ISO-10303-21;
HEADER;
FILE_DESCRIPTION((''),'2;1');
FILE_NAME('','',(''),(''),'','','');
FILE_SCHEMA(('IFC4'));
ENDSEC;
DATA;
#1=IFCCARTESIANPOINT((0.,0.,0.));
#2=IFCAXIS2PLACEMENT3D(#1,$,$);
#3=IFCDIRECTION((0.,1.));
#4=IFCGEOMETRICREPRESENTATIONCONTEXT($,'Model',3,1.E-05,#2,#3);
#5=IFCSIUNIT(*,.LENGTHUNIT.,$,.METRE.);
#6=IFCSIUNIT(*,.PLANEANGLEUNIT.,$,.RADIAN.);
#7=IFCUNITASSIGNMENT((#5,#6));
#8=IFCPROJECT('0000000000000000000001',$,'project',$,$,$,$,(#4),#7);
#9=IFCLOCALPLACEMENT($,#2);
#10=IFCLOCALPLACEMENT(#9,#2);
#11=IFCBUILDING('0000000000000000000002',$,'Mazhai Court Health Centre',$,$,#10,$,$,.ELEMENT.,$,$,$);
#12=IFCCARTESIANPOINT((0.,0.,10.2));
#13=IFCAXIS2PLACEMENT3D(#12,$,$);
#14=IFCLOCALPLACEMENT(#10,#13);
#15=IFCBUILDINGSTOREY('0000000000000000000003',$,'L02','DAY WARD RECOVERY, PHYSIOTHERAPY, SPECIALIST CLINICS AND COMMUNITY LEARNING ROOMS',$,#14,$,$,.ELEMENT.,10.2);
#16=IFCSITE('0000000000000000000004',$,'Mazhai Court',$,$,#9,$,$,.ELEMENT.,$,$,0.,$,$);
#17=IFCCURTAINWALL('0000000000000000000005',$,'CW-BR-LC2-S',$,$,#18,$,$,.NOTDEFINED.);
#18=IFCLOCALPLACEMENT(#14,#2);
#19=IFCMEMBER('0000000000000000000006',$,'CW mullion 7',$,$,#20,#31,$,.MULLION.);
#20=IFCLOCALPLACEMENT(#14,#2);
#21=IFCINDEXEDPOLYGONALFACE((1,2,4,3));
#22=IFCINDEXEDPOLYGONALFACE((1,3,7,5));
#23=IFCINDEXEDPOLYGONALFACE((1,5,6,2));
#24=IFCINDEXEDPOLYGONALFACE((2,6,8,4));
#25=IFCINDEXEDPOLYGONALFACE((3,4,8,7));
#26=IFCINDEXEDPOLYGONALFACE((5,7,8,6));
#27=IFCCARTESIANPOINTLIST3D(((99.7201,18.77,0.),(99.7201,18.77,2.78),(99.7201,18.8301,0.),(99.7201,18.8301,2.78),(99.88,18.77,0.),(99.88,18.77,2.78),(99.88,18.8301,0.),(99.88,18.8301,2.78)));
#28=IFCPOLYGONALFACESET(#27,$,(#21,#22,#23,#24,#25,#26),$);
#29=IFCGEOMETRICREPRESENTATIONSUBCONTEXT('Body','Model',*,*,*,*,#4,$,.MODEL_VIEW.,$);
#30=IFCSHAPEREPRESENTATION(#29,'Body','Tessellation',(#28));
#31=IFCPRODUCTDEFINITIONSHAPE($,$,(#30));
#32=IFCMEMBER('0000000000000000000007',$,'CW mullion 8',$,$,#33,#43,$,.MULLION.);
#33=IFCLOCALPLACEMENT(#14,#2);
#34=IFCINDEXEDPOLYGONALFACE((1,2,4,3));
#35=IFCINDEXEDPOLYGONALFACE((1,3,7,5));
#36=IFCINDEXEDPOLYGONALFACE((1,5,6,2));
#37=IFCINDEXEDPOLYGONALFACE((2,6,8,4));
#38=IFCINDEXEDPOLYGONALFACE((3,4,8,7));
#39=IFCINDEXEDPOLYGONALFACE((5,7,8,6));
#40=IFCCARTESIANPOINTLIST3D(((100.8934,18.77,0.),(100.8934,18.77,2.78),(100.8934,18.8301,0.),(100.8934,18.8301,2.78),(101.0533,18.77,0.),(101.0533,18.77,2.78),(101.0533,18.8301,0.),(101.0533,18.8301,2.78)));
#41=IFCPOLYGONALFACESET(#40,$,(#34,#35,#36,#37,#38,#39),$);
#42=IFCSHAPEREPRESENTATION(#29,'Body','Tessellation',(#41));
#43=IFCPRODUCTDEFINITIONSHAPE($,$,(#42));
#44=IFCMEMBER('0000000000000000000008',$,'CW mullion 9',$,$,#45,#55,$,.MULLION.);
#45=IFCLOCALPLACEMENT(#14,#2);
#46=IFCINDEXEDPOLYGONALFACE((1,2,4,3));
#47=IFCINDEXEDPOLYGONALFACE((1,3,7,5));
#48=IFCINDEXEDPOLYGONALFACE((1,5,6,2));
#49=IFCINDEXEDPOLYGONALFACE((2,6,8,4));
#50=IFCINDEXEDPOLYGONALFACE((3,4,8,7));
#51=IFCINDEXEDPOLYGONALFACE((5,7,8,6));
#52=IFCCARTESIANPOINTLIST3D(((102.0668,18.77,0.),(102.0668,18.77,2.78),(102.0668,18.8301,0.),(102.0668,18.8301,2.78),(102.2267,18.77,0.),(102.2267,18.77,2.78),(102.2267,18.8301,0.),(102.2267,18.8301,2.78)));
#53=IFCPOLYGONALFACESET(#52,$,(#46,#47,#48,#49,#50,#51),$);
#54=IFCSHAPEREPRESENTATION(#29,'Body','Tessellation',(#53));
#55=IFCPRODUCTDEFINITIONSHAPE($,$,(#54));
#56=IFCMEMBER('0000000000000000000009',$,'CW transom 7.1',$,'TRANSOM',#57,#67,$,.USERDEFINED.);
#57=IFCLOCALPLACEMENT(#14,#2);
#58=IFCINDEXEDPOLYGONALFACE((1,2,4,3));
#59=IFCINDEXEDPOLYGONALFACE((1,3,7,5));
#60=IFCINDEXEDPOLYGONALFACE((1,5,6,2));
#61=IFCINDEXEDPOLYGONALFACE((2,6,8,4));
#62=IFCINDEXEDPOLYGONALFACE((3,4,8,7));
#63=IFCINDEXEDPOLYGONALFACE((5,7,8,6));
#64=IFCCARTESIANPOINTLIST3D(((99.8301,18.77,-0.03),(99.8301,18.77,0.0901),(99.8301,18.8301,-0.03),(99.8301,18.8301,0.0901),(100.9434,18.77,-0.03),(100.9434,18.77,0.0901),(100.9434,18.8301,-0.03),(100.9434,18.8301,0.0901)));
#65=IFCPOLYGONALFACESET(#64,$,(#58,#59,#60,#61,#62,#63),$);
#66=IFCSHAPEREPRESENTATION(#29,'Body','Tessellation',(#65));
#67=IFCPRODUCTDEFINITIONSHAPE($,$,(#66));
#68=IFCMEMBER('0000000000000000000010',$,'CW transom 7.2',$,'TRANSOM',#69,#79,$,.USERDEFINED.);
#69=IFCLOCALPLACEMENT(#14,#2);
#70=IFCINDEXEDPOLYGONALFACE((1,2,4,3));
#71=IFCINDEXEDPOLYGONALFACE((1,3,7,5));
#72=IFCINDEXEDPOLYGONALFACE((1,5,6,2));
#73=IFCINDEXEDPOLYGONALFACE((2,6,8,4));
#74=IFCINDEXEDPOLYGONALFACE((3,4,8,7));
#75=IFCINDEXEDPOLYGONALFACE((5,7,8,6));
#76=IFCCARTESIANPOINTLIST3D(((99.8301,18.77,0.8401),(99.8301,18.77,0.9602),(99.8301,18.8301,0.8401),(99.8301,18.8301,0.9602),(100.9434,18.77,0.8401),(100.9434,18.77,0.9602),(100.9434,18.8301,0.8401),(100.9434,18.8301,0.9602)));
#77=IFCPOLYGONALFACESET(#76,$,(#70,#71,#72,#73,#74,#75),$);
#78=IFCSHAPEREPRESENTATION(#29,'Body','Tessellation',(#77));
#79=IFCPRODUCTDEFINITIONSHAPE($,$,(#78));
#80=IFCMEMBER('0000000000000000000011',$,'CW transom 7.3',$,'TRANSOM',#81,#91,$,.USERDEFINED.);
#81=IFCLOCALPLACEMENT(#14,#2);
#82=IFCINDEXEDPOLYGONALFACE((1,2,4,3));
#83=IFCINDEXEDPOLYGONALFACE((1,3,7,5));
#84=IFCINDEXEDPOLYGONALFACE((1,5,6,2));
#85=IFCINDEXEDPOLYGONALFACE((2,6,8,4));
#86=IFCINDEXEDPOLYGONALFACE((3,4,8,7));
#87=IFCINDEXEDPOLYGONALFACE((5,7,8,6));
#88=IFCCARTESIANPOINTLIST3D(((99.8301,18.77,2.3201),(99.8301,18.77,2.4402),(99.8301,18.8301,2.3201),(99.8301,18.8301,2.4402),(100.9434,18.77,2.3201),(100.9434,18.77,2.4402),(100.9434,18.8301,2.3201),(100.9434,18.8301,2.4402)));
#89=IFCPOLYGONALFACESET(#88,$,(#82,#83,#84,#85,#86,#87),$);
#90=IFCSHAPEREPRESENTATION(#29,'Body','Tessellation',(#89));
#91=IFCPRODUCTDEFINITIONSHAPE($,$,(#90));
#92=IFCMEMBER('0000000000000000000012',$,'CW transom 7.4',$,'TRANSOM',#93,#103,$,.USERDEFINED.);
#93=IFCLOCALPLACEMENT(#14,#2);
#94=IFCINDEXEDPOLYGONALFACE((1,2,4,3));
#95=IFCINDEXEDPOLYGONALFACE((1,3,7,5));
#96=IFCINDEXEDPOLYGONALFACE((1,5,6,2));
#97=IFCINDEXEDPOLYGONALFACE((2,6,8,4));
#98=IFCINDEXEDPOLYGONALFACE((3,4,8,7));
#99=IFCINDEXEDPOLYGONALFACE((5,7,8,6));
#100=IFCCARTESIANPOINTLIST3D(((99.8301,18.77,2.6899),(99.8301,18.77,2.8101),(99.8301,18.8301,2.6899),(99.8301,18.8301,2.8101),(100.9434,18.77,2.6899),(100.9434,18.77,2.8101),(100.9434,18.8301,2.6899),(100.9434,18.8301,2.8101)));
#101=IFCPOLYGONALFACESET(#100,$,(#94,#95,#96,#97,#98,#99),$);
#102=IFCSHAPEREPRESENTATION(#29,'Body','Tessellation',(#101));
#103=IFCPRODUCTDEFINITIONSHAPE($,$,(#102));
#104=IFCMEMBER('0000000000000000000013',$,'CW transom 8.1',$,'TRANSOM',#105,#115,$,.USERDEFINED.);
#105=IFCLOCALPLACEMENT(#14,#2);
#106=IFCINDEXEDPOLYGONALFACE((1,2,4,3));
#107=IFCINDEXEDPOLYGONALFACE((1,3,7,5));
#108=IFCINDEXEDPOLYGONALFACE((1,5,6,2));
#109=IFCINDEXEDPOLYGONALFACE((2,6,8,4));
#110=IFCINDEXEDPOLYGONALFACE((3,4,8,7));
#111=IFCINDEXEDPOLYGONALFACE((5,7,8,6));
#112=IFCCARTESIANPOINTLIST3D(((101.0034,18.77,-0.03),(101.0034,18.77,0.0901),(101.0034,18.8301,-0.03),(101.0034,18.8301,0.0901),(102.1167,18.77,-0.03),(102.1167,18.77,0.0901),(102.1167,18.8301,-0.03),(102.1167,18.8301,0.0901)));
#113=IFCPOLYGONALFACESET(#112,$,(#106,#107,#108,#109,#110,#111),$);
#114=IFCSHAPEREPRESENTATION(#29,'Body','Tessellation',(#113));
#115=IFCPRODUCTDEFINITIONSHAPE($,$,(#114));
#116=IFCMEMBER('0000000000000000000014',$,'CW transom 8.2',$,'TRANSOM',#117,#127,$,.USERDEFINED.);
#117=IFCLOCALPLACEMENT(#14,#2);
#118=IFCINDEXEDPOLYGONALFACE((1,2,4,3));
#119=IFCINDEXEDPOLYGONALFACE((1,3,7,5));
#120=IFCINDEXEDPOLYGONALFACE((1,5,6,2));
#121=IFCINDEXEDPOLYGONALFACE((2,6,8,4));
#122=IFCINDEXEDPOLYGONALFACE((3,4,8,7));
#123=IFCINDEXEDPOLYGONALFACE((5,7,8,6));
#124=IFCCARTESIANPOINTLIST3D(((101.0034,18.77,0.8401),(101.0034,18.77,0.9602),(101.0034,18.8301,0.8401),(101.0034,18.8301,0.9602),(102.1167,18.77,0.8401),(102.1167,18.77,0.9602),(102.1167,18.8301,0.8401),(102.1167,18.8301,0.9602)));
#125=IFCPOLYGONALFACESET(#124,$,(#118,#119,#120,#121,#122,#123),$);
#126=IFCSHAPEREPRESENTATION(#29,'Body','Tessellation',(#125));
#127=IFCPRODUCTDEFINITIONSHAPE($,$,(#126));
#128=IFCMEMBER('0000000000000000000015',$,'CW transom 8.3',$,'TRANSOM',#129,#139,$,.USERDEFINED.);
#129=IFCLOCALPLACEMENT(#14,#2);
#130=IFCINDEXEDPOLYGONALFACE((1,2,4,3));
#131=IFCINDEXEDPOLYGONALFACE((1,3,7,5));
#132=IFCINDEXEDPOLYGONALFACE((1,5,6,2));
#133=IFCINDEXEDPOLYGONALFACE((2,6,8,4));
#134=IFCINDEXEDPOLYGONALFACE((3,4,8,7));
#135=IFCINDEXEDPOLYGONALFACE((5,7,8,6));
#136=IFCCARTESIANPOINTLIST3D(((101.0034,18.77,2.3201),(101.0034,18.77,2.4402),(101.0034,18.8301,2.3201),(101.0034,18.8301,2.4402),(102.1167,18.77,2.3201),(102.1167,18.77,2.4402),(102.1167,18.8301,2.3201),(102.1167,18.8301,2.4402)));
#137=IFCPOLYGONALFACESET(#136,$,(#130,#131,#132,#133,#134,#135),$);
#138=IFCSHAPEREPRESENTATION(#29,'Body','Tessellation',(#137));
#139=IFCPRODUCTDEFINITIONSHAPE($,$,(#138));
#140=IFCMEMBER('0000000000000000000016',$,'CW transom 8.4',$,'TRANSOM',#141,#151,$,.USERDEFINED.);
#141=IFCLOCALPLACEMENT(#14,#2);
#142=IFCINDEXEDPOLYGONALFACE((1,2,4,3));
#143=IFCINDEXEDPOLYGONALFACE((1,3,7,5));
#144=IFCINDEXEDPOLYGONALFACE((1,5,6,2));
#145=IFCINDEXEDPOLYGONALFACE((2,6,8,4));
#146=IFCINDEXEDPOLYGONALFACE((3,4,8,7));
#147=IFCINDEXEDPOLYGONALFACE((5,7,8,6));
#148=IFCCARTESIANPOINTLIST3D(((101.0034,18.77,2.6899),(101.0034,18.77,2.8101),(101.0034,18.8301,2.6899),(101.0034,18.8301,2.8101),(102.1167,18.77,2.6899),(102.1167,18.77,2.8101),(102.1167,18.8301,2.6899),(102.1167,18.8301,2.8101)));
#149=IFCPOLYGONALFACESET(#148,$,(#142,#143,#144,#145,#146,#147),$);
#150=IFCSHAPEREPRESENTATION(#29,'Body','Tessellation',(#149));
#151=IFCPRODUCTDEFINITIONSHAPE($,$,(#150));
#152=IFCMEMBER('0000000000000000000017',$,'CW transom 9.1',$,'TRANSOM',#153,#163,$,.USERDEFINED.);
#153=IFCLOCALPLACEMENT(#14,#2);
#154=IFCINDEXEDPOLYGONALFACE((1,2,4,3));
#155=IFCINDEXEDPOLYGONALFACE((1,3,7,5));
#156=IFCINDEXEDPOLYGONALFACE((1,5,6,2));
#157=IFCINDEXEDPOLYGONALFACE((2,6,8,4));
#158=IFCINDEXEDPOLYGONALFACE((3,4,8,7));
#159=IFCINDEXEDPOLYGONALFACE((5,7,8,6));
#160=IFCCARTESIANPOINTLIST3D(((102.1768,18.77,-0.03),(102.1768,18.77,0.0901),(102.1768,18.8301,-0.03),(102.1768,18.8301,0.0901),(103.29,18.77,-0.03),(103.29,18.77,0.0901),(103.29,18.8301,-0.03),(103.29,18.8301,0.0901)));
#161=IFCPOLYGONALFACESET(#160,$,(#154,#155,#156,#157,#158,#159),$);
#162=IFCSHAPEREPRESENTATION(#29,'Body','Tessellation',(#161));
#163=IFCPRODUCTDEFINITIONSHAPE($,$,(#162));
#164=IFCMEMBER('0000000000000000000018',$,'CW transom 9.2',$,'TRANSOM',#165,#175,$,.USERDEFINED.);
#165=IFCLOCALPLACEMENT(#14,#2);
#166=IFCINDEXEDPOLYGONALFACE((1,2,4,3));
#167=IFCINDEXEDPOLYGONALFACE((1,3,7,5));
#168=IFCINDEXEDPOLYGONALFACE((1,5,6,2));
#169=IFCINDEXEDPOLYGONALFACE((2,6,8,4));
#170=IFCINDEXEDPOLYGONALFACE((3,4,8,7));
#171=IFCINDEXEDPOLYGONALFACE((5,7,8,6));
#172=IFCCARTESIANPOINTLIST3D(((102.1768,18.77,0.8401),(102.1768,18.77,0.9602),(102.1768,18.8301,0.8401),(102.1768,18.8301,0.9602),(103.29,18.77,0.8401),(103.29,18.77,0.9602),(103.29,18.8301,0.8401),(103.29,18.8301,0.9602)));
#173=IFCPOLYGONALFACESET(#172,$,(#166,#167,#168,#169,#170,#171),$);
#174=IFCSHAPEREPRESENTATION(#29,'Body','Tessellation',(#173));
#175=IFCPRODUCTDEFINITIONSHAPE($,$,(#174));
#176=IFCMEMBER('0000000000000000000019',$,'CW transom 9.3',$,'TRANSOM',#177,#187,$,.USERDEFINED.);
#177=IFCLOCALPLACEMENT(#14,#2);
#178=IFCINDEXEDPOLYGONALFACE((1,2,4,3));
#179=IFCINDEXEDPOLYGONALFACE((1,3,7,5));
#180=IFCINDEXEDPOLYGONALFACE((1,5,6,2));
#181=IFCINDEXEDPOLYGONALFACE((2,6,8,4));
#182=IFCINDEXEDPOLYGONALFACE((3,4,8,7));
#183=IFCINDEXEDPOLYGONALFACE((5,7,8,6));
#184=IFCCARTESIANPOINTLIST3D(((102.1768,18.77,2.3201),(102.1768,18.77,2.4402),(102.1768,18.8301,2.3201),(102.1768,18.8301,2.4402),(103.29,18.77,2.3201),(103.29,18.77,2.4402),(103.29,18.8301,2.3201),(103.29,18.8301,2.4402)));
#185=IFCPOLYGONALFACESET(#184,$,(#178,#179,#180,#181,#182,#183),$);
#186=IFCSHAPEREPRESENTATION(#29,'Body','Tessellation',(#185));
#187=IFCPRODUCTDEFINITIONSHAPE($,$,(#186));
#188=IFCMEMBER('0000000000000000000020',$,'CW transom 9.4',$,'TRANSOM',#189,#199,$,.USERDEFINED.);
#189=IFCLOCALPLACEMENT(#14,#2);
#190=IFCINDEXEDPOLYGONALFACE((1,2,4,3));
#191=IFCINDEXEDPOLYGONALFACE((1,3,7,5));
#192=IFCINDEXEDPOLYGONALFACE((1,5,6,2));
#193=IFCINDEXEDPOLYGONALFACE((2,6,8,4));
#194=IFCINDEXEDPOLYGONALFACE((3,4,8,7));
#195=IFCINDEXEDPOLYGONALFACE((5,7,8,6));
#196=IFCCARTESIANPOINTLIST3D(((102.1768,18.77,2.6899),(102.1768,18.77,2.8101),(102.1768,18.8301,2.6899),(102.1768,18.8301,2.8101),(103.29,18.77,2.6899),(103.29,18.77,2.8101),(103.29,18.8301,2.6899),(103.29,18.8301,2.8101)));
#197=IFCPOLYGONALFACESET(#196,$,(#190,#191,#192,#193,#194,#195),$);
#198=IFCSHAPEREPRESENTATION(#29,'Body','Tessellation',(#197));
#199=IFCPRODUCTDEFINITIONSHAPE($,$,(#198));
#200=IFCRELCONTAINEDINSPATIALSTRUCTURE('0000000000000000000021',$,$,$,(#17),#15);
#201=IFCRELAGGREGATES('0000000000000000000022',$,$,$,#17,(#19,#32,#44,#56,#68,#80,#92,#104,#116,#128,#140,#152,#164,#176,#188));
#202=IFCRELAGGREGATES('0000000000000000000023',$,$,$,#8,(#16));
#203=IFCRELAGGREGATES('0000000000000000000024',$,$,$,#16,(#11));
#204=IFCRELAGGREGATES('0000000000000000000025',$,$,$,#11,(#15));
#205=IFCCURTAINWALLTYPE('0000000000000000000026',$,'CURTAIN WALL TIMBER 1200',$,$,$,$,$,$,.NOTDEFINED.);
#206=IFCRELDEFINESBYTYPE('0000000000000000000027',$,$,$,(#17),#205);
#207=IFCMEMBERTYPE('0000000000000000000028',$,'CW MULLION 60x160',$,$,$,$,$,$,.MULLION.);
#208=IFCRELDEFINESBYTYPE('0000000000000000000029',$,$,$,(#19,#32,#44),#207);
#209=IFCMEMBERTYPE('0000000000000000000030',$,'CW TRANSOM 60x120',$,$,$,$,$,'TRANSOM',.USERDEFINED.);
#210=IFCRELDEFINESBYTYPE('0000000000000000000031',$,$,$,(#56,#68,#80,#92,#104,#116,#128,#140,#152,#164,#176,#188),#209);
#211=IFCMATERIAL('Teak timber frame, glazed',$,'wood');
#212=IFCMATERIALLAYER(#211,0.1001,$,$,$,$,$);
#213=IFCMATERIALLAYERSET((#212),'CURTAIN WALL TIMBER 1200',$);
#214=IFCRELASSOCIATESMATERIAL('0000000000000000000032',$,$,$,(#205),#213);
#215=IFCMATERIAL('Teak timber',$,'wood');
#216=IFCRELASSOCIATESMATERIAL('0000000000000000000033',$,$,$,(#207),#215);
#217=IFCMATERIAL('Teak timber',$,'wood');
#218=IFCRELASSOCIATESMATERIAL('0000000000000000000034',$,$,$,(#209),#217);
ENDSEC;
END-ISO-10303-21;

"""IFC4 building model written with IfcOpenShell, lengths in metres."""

from ifc_helpers import new_model, si_unit, direction, frame, origin, origin_2d, place, context, subcontext, project, spatial, rectangle, extrude, material, layer, layer_set, material_profile, profile_set, type_object, element, aggregate, save


model = new_model("IFC4")

# Units and contexts
model_context = context("Model", 3, precision=1e-05, world=origin(), true_north=direction((0.0, 1.0)))
body_context = subcontext(model_context, "Body", "Model", "MODEL_VIEW")
ifc_project = project(units=[si_unit("LENGTHUNIT", "METRE"), si_unit("PLANEANGLEUNIT", "RADIAN")], contexts=[model_context])

# Site, building, storey
site_placement = place(None, origin())
site = spatial("IfcSite", under=ifc_project, at=site_placement, Name="Mazhai Court", CompositionType="ELEMENT", RefElevation=0.0)
building_placement = place(site_placement, origin())
building = spatial("IfcBuilding", under=site, at=building_placement, Name="Mazhai Court Health Centre", CompositionType="ELEMENT")
storey_placement = place(building_placement, frame((0.0, 0.0, 10.2)))
storey = spatial("IfcBuildingStorey", under=building, at=storey_placement, Name="L02", Description="DAY WARD RECOVERY, PHYSIOTHERAPY, SPECIALIST CLINICS AND COMMUNITY LEARNING ROOMS", CompositionType="ELEMENT", Elevation=10.2)

# Curtain wall, members
ifc_material_1 = material(Name="Teak timber frame, glazed", Category="wood")
ifc_layer_1 = layer(ifc_material_1, 0.1001)
ifc_layer_set_1 = layer_set([ifc_layer_1], Name="CURTAIN WALL TIMBER 1200")
curtain_wall_type = type_object("IfcCurtainWallType", Name="CURTAIN WALL TIMBER 1200", PredefinedType="NOTDEFINED", material=ifc_layer_set_1)
curtain_wall_placement = place(storey_placement, origin())
curtain_wall = element("IfcCurtainWall", 1, at=curtain_wall_placement, inside=storey, type_object=curtain_wall_type, Name="CW-BR-LC2-S", PredefinedType="NOTDEFINED")
ifc_material_2 = material(Name="Teak timber", Category="wood")
ifc_material_profile_1 = material_profile(ifc_material_2, rectangle(XDim=0.0601, YDim=0.1599, at=origin_2d()), Name="CW MULLION 60x160")
ifc_profile_set_1 = profile_set([ifc_material_profile_1], Name="Teak timber")
member_type_1 = type_object("IfcMemberType", Name="CW MULLION 60x160", PredefinedType="MULLION", material=ifc_profile_set_1)
member_1_placement = place(storey_placement, frame((99.8, 18.8, 0.0), z_axis=(0.0, 0.0, 1.0), x_axis=(0.0, 1.0, 0.0)))
member_1 = element("IfcMember", 2, at=member_1_placement, type_object=member_type_1, Name="CW mullion 7", PredefinedType="MULLION", context=body_context, shape_type="SweptSolid", body=[
    extrude(rectangle(XDim=0.0601, YDim=0.1599, at=origin_2d()), origin(), (0.0, 0.0, 1.0), 2.78),
])
member_2_placement = place(storey_placement, frame((100.9734, 18.8, 0.0), z_axis=(0.0, 0.0, 1.0), x_axis=(0.0, 1.0, 0.0)))
member_2 = element("IfcMember", 3, at=member_2_placement, type_object=member_type_1, Name="CW mullion 8", PredefinedType="MULLION", context=body_context, shape_type="SweptSolid", body=[
    extrude(rectangle(XDim=0.0601, YDim=0.1599, at=origin_2d()), origin(), (0.0, 0.0, 1.0), 2.78),
])
member_3_placement = place(storey_placement, frame((102.1467, 18.8, 0.0), z_axis=(0.0, 0.0, 1.0), x_axis=(0.0, 1.0, 0.0)))
member_3 = element("IfcMember", 4, at=member_3_placement, type_object=member_type_1, Name="CW mullion 9", PredefinedType="MULLION", context=body_context, shape_type="SweptSolid", body=[
    extrude(rectangle(XDim=0.0601, YDim=0.1599, at=origin_2d()), origin(), (0.0, 0.0, 1.0), 2.78),
])
ifc_material_3 = material(Name="Teak timber", Category="wood")
ifc_material_profile_2 = material_profile(ifc_material_3, rectangle(XDim=0.0601, YDim=0.1201, at=origin_2d()), Name="CW TRANSOM 60x120")
ifc_profile_set_2 = profile_set([ifc_material_profile_2], Name="Teak timber")
member_type_2 = type_object("IfcMemberType", Name="CW TRANSOM 60x120", ElementType="TRANSOM", PredefinedType="USERDEFINED", material=ifc_profile_set_2)
member_4_placement = place(storey_placement, frame((99.8301, 18.8, 0.03), z_axis=(1.0, 0.0, 0.0), x_axis=(0.0, 1.0, 0.0)))
member_4 = element("IfcMember", 5, at=member_4_placement, type_object=member_type_2, Name="CW transom 7.1", ObjectType="TRANSOM", PredefinedType="USERDEFINED", context=body_context, shape_type="SweptSolid", body=[
    extrude(rectangle(XDim=0.0601, YDim=0.1201, at=origin_2d()), origin(), (0.0, 0.0, 1.0), 1.1133),
])
member_5_placement = place(storey_placement, frame((99.8301, 18.8, 0.9001), z_axis=(1.0, 0.0, 0.0), x_axis=(0.0, 1.0, 0.0)))
member_5 = element("IfcMember", 6, at=member_5_placement, type_object=member_type_2, Name="CW transom 7.2", ObjectType="TRANSOM", PredefinedType="USERDEFINED", context=body_context, shape_type="SweptSolid", body=[
    extrude(rectangle(XDim=0.0601, YDim=0.1201, at=origin_2d()), origin(), (0.0, 0.0, 1.0), 1.1133),
])
member_6_placement = place(storey_placement, frame((99.8301, 18.8, 2.3801), z_axis=(1.0, 0.0, 0.0), x_axis=(0.0, 1.0, 0.0)))
member_6 = element("IfcMember", 7, at=member_6_placement, type_object=member_type_2, Name="CW transom 7.3", ObjectType="TRANSOM", PredefinedType="USERDEFINED", context=body_context, shape_type="SweptSolid", body=[
    extrude(rectangle(XDim=0.0601, YDim=0.1201, at=origin_2d()), origin(), (0.0, 0.0, 1.0), 1.1133),
])
member_7_placement = place(storey_placement, frame((99.8301, 18.8, 2.75), z_axis=(1.0, 0.0, 0.0), x_axis=(0.0, 1.0, 0.0)))
member_7 = element("IfcMember", 8, at=member_7_placement, type_object=member_type_2, Name="CW transom 7.4", ObjectType="TRANSOM", PredefinedType="USERDEFINED", context=body_context, shape_type="SweptSolid", body=[
    extrude(rectangle(XDim=0.0601, YDim=0.1201, at=origin_2d()), origin(), (0.0, 0.0, 1.0), 1.1133),
])
member_8_placement = place(storey_placement, frame((101.0034, 18.8, 0.03), z_axis=(1.0, 0.0, 0.0), x_axis=(0.0, 1.0, 0.0)))
member_8 = element("IfcMember", 9, at=member_8_placement, type_object=member_type_2, Name="CW transom 8.1", ObjectType="TRANSOM", PredefinedType="USERDEFINED", context=body_context, shape_type="SweptSolid", body=[
    extrude(rectangle(XDim=0.0601, YDim=0.1201, at=origin_2d()), origin(), (0.0, 0.0, 1.0), 1.1133),
])
member_9_placement = place(storey_placement, frame((101.0034, 18.8, 0.9001), z_axis=(1.0, 0.0, 0.0), x_axis=(0.0, 1.0, 0.0)))
member_9 = element("IfcMember", 10, at=member_9_placement, type_object=member_type_2, Name="CW transom 8.2", ObjectType="TRANSOM", PredefinedType="USERDEFINED", context=body_context, shape_type="SweptSolid", body=[
    extrude(rectangle(XDim=0.0601, YDim=0.1201, at=origin_2d()), origin(), (0.0, 0.0, 1.0), 1.1133),
])
member_10_placement = place(storey_placement, frame((101.0034, 18.8, 2.3801), z_axis=(1.0, 0.0, 0.0), x_axis=(0.0, 1.0, 0.0)))
member_10 = element("IfcMember", 11, at=member_10_placement, type_object=member_type_2, Name="CW transom 8.3", ObjectType="TRANSOM", PredefinedType="USERDEFINED", context=body_context, shape_type="SweptSolid", body=[
    extrude(rectangle(XDim=0.0601, YDim=0.1201, at=origin_2d()), origin(), (0.0, 0.0, 1.0), 1.1133),
])
member_11_placement = place(storey_placement, frame((101.0034, 18.8, 2.75), z_axis=(1.0, 0.0, 0.0), x_axis=(0.0, 1.0, 0.0)))
member_11 = element("IfcMember", 12, at=member_11_placement, type_object=member_type_2, Name="CW transom 8.4", ObjectType="TRANSOM", PredefinedType="USERDEFINED", context=body_context, shape_type="SweptSolid", body=[
    extrude(rectangle(XDim=0.0601, YDim=0.1201, at=origin_2d()), origin(), (0.0, 0.0, 1.0), 1.1133),
])
member_12_placement = place(storey_placement, frame((102.1768, 18.8, 0.03), z_axis=(1.0, 0.0, 0.0), x_axis=(0.0, 1.0, 0.0)))
member_12 = element("IfcMember", 13, at=member_12_placement, type_object=member_type_2, Name="CW transom 9.1", ObjectType="TRANSOM", PredefinedType="USERDEFINED", context=body_context, shape_type="SweptSolid", body=[
    extrude(rectangle(XDim=0.0601, YDim=0.1201, at=origin_2d()), origin(), (0.0, 0.0, 1.0), 1.1133),
])
member_13_placement = place(storey_placement, frame((102.1768, 18.8, 0.9001), z_axis=(1.0, 0.0, 0.0), x_axis=(0.0, 1.0, 0.0)))
member_13 = element("IfcMember", 14, at=member_13_placement, type_object=member_type_2, Name="CW transom 9.2", ObjectType="TRANSOM", PredefinedType="USERDEFINED", context=body_context, shape_type="SweptSolid", body=[
    extrude(rectangle(XDim=0.0601, YDim=0.1201, at=origin_2d()), origin(), (0.0, 0.0, 1.0), 1.1133),
])
member_14_placement = place(storey_placement, frame((102.1768, 18.8, 2.3801), z_axis=(1.0, 0.0, 0.0), x_axis=(0.0, 1.0, 0.0)))
member_14 = element("IfcMember", 15, at=member_14_placement, type_object=member_type_2, Name="CW transom 9.3", ObjectType="TRANSOM", PredefinedType="USERDEFINED", context=body_context, shape_type="SweptSolid", body=[
    extrude(rectangle(XDim=0.0601, YDim=0.1201, at=origin_2d()), origin(), (0.0, 0.0, 1.0), 1.1133),
])
member_15_placement = place(storey_placement, frame((102.1768, 18.8, 2.75), z_axis=(1.0, 0.0, 0.0), x_axis=(0.0, 1.0, 0.0)))
member_15 = element("IfcMember", 16, at=member_15_placement, type_object=member_type_2, Name="CW transom 9.4", ObjectType="TRANSOM", PredefinedType="USERDEFINED", context=body_context, shape_type="SweptSolid", body=[
    extrude(rectangle(XDim=0.0601, YDim=0.1201, at=origin_2d()), origin(), (0.0, 0.0, 1.0), 1.1133),
])
aggregate(curtain_wall, [member_1, member_2, member_3, member_4, member_5, member_6, member_7, member_8, member_9, member_10, member_11, member_12, member_13, member_14, member_15])

save(model, "model.ifc")
